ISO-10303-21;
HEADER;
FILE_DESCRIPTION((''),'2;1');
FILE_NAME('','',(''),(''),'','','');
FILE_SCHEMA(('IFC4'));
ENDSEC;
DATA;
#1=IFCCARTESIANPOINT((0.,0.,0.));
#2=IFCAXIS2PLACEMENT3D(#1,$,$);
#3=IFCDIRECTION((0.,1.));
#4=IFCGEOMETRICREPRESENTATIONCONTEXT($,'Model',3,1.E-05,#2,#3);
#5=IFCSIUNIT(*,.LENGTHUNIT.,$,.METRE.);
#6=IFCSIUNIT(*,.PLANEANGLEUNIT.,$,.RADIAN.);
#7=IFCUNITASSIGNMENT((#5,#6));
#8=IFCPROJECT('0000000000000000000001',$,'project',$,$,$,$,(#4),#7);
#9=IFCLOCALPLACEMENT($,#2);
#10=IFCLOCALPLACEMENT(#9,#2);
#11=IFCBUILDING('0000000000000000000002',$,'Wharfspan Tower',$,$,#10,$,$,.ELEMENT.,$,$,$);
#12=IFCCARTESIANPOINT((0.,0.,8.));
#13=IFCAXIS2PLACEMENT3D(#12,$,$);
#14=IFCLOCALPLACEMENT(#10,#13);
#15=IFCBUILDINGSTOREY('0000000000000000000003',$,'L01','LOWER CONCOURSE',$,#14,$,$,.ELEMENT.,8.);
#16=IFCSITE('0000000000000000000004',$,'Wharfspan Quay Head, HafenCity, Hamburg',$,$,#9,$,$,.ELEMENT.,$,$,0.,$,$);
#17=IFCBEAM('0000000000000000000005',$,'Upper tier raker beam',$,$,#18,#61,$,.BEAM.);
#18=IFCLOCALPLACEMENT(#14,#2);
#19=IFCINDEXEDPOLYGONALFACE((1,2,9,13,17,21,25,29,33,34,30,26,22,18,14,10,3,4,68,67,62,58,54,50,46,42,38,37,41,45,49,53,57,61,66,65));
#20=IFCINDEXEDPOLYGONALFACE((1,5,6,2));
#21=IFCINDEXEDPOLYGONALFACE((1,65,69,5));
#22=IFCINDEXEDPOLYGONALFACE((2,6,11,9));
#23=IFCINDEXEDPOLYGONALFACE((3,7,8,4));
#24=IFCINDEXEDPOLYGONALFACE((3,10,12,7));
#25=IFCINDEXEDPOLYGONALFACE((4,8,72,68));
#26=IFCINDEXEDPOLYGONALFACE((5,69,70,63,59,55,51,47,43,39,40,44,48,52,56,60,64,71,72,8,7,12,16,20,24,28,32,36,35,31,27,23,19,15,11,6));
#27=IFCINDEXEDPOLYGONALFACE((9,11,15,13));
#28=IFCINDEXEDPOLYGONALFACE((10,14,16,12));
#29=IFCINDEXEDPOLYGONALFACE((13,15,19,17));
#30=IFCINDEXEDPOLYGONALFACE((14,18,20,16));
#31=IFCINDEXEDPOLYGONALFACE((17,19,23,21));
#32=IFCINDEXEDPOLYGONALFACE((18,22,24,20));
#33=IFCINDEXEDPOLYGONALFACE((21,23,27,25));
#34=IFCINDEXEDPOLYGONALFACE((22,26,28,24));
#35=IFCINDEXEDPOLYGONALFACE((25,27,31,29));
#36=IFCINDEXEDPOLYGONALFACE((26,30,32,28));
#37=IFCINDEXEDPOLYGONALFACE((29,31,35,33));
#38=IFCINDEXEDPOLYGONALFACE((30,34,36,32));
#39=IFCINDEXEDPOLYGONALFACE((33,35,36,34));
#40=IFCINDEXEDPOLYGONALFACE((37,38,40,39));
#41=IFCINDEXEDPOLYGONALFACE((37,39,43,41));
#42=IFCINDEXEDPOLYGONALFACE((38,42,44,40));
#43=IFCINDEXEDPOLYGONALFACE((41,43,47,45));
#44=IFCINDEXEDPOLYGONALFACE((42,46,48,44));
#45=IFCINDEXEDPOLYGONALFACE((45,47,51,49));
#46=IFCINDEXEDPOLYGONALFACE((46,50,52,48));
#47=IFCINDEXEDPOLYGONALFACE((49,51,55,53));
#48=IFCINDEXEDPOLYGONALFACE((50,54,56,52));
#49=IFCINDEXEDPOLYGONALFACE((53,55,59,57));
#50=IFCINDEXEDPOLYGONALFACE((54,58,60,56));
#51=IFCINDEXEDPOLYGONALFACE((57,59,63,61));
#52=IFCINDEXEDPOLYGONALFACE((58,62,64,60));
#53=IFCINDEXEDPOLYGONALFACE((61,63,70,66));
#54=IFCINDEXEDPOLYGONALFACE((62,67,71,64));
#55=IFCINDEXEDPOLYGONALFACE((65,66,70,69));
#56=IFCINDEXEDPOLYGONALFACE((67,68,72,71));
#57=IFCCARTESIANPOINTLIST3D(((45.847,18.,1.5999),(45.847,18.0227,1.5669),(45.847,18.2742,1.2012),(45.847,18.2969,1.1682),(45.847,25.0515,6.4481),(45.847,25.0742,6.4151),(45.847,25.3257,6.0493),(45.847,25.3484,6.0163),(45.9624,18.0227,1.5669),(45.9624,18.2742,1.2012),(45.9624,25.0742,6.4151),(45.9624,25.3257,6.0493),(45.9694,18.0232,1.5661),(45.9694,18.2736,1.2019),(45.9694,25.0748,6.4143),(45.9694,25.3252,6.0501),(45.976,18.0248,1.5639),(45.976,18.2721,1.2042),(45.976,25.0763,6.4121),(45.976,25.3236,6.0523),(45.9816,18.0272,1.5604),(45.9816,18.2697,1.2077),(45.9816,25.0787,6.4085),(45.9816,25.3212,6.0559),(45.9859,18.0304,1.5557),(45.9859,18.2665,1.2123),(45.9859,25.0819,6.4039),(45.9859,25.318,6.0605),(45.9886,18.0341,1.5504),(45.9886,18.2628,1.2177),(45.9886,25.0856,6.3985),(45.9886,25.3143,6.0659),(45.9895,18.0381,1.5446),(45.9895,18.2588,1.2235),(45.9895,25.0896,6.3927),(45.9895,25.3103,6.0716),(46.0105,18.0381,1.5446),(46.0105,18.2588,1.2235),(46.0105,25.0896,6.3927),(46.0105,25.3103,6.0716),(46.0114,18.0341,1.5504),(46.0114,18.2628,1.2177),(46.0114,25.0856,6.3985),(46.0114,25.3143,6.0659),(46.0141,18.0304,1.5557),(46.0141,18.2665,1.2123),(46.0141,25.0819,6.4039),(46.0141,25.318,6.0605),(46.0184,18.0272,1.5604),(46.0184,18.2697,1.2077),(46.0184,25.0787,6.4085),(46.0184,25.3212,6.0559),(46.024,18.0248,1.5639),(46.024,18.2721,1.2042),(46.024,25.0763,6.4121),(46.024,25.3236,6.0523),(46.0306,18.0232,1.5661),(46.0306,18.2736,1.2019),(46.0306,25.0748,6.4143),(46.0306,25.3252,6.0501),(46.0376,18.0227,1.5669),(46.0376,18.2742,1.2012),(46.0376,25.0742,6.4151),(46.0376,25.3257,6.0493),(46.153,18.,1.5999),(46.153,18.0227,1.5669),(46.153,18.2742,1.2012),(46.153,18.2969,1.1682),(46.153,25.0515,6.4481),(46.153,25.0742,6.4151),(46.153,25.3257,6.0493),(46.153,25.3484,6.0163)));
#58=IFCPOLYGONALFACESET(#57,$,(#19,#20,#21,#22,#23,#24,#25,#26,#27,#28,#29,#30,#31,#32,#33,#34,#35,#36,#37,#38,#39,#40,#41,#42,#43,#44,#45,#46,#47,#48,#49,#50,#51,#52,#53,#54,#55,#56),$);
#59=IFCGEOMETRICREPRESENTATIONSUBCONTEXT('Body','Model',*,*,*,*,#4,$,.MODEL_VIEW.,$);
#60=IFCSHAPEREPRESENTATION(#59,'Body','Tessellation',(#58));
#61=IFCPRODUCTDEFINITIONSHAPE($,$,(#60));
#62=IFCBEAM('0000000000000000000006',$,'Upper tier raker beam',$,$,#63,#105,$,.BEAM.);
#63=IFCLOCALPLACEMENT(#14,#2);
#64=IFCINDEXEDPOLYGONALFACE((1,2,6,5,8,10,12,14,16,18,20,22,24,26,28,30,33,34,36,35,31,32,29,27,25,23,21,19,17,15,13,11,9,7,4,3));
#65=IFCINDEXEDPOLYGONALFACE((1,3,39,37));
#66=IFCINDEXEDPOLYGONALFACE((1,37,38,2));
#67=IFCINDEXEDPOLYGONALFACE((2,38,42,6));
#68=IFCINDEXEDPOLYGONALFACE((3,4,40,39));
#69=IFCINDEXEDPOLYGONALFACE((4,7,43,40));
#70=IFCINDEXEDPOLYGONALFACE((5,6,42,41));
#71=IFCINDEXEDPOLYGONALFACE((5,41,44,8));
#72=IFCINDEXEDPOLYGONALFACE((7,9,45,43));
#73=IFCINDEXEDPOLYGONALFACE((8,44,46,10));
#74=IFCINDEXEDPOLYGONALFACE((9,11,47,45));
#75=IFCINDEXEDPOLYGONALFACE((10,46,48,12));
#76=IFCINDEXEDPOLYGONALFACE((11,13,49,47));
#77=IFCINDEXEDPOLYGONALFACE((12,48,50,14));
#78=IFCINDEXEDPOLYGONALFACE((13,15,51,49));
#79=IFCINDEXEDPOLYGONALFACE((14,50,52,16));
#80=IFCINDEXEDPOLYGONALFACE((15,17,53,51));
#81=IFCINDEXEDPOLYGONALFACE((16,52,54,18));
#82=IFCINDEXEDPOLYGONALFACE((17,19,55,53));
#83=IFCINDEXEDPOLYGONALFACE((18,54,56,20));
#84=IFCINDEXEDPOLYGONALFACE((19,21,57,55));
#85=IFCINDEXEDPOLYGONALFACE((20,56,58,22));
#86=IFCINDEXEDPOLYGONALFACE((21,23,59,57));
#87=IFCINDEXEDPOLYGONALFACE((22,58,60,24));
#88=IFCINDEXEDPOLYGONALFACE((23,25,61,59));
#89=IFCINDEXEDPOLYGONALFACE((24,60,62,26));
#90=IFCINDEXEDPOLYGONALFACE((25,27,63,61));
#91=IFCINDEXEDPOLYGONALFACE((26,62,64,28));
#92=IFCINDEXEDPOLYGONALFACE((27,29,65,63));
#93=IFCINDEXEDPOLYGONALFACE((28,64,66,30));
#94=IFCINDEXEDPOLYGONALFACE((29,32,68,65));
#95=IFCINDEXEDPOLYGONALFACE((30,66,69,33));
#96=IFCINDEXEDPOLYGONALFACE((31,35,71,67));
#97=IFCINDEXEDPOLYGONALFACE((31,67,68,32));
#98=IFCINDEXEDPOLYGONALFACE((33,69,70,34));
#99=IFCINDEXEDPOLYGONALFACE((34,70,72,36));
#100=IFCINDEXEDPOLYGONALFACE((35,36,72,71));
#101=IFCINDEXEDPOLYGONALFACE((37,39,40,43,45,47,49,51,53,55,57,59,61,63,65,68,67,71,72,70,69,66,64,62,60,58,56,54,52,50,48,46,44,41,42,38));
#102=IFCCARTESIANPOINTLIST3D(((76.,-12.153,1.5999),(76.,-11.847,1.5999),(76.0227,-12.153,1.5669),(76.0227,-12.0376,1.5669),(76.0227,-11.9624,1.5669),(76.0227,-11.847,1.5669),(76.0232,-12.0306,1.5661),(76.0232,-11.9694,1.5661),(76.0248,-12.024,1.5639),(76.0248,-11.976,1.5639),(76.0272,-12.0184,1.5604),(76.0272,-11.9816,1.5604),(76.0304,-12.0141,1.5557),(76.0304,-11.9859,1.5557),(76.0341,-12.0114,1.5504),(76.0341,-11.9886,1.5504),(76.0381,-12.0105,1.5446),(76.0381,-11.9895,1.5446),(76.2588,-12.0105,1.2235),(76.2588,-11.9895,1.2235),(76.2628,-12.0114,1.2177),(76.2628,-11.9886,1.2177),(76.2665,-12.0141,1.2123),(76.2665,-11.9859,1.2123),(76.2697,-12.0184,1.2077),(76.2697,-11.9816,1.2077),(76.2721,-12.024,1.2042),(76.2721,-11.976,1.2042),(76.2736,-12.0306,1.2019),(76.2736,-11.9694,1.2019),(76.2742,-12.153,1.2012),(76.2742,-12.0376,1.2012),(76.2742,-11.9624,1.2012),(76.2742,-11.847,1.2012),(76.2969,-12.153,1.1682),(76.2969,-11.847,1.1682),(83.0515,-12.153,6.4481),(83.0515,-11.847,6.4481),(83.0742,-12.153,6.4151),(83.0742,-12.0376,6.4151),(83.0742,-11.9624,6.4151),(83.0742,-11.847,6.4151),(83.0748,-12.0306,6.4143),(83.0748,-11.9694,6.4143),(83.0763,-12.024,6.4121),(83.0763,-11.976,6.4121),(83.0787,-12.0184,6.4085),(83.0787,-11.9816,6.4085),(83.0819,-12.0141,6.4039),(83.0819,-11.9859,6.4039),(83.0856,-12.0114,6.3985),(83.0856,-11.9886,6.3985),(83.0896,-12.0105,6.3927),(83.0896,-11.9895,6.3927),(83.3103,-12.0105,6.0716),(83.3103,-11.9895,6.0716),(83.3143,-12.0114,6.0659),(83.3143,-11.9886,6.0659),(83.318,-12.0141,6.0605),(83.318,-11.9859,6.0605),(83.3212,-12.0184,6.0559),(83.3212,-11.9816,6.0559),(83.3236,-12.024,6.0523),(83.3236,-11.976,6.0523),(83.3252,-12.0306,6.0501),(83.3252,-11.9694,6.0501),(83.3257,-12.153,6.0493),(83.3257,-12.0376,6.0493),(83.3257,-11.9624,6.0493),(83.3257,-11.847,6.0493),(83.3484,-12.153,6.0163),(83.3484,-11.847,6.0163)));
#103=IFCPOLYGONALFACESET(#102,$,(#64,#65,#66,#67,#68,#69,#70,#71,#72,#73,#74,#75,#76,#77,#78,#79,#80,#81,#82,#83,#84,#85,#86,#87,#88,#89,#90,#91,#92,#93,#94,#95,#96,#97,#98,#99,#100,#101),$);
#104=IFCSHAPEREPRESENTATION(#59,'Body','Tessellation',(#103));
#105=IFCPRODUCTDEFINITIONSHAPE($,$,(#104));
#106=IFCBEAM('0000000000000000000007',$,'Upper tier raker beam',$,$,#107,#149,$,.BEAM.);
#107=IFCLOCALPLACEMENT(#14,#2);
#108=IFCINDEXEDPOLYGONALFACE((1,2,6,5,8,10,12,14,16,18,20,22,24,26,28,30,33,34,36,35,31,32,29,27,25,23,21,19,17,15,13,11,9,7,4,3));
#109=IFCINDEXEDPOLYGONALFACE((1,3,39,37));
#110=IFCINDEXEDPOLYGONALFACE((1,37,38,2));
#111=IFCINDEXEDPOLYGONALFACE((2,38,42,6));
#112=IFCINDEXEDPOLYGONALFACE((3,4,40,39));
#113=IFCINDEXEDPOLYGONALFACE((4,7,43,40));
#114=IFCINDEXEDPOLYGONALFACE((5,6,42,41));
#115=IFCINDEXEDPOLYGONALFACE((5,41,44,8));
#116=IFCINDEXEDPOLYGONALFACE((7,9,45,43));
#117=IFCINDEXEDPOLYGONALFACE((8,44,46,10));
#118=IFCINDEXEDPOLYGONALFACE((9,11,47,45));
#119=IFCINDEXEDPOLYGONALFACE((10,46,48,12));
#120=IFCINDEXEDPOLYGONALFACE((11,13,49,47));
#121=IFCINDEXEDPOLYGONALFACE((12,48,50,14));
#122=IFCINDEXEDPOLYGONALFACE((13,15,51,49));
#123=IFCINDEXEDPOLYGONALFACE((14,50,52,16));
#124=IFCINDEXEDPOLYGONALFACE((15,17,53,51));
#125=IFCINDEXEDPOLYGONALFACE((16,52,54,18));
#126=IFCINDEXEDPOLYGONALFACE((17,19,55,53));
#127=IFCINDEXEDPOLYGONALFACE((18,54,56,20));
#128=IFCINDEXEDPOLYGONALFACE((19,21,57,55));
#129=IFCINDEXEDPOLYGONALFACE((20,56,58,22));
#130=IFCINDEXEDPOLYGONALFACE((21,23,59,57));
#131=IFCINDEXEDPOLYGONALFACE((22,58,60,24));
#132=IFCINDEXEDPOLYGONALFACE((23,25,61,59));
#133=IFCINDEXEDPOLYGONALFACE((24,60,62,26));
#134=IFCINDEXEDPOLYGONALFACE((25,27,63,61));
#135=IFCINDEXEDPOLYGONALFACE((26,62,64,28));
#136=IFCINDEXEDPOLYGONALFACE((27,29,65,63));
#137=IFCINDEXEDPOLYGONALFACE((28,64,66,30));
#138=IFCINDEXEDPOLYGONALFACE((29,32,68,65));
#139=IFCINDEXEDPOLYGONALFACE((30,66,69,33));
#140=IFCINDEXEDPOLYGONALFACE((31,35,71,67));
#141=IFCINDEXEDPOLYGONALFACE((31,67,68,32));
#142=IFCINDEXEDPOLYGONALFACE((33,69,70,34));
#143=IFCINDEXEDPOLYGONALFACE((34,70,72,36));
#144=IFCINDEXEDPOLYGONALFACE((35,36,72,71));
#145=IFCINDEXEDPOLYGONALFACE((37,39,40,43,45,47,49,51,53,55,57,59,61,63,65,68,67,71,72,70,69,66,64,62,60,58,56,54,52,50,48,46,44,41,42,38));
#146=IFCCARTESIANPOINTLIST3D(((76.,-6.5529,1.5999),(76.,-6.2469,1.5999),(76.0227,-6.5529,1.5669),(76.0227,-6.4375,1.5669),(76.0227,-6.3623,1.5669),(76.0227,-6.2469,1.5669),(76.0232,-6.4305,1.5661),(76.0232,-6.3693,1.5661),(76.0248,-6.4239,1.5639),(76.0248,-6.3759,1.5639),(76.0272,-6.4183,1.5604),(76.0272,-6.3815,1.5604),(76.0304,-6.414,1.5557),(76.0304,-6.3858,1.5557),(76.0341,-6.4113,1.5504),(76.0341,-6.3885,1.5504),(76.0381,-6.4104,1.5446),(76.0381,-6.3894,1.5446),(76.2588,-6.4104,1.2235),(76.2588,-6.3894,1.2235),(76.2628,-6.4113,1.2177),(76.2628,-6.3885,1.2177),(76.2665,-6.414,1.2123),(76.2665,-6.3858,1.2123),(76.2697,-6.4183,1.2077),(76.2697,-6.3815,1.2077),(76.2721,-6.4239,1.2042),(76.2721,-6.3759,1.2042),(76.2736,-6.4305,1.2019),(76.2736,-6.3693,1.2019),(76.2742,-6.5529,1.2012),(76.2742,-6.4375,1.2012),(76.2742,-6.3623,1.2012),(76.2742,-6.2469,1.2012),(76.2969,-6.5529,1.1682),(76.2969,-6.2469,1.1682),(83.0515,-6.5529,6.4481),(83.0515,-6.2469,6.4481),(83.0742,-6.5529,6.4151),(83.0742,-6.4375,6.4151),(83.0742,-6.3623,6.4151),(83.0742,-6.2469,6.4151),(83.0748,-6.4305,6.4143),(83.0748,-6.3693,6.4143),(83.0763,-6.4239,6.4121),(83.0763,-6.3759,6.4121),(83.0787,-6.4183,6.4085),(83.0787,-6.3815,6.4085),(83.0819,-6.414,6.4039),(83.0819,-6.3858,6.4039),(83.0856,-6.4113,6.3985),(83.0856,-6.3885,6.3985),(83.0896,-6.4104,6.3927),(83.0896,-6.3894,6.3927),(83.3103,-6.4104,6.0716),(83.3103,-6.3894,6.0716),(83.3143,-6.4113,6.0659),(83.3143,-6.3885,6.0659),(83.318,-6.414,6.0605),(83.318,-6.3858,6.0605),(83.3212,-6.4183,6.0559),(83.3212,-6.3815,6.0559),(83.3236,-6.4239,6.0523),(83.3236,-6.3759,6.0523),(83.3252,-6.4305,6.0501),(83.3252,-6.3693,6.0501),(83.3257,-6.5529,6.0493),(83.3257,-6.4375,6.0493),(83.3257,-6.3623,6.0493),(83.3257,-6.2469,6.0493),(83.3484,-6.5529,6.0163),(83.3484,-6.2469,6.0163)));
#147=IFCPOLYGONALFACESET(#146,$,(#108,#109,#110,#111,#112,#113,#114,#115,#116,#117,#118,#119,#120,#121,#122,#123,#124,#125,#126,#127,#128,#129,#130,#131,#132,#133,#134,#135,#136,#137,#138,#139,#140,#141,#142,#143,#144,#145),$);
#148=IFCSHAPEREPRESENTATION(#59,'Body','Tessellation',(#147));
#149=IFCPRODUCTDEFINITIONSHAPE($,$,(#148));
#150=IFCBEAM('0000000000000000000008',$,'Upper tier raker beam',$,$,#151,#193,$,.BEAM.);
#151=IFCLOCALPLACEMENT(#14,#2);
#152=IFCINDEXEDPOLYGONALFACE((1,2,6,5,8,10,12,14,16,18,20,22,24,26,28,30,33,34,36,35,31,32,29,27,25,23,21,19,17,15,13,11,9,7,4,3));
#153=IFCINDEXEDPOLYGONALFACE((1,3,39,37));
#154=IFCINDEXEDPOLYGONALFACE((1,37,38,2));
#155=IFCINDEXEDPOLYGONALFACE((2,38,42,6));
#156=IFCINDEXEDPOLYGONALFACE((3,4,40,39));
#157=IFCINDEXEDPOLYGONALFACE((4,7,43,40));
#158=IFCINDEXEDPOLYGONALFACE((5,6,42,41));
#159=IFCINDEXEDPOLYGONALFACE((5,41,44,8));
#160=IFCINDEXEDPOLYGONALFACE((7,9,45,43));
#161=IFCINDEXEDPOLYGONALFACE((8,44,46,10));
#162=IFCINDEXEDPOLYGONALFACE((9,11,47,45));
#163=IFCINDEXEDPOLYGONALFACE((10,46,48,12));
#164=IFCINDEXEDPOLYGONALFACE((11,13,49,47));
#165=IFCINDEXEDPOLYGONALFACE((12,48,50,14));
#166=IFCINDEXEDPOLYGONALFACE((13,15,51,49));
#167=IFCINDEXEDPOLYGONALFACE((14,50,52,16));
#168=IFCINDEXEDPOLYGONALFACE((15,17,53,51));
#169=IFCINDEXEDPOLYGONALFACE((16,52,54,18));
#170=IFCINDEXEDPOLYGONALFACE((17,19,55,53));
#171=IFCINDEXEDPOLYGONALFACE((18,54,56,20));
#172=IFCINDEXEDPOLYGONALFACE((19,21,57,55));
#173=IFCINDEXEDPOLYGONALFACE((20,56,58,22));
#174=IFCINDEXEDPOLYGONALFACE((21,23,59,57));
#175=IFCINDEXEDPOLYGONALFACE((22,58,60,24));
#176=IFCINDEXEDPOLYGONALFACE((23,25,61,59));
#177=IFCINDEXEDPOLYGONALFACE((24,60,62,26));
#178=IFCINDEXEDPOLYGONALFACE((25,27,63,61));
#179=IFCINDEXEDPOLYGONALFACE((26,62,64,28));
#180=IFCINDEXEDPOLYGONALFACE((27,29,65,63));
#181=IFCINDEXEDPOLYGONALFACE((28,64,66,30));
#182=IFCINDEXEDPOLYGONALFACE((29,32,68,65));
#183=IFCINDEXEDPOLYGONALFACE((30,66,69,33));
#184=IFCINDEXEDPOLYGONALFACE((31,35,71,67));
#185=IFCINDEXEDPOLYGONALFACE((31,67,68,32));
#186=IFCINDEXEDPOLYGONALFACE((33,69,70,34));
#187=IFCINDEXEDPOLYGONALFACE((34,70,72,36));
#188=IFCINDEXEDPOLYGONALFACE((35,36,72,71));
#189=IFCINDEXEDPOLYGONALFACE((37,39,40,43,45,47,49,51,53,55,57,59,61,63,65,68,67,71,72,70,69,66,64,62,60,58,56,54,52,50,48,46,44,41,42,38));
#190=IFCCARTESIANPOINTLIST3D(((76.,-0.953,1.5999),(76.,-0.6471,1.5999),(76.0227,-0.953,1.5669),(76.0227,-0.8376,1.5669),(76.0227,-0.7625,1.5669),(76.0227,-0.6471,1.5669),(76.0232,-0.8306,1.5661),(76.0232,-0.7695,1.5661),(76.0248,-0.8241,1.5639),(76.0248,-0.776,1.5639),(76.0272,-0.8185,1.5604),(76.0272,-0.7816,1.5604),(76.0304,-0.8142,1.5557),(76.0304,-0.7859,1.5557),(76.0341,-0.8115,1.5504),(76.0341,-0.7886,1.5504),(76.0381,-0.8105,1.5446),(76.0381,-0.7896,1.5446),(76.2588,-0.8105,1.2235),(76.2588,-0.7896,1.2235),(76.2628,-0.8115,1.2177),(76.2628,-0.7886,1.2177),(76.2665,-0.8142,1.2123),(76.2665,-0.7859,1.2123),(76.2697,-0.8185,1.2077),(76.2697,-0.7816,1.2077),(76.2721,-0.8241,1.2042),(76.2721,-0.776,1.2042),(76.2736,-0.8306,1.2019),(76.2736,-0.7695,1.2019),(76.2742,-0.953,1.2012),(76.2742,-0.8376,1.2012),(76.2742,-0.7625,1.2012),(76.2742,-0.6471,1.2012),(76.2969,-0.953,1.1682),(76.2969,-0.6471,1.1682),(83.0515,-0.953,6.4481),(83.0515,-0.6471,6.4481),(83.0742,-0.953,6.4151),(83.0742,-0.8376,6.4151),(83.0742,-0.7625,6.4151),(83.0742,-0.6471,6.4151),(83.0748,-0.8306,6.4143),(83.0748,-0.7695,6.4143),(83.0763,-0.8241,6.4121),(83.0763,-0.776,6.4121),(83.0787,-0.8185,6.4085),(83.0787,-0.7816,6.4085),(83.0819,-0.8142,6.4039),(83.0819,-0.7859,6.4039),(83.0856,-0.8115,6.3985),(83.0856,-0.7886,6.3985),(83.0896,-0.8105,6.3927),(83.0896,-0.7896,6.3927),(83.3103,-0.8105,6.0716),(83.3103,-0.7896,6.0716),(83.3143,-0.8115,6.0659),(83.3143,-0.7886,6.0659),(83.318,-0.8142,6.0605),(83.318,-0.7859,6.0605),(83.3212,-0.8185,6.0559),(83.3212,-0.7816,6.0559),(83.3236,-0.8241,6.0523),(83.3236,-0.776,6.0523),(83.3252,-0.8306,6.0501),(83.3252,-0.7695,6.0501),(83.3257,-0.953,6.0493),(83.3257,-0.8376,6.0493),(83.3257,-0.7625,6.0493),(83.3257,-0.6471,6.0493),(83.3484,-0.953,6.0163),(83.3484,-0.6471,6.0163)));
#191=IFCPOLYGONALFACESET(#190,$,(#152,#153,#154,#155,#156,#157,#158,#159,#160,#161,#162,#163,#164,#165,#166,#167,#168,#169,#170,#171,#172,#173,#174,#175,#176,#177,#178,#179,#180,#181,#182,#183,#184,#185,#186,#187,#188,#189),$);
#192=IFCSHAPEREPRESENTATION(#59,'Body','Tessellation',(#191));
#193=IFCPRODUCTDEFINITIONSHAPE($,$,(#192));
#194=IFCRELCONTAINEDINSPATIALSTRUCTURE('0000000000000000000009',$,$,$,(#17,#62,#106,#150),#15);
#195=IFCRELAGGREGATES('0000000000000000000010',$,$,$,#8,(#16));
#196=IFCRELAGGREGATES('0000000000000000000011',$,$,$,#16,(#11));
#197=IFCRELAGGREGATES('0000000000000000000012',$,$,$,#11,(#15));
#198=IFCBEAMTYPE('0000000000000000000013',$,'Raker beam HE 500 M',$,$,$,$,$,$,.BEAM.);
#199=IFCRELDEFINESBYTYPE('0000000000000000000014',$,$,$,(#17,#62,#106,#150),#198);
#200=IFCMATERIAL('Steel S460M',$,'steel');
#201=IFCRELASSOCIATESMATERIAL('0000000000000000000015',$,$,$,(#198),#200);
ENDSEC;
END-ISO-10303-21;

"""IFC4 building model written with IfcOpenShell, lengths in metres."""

from ifc_helpers import new_model, si_unit, direction, frame, origin, origin_2d, place, context, subcontext, project, spatial, i_section, extrude, material, material_profile, profile_set, type_object, element, save


model = new_model("IFC4")

# Units and contexts
model_context = context("Model", 3, precision=1e-05, world=origin(), true_north=direction((0.0, 1.0)))
body_context = subcontext(model_context, "Body", "Model", "MODEL_VIEW")
ifc_project = project(units=[si_unit("LENGTHUNIT", "METRE"), si_unit("PLANEANGLEUNIT", "RADIAN")], contexts=[model_context])

# Site, building, storey
site_placement = place(None, origin())
site = spatial("IfcSite", under=ifc_project, at=site_placement, Name="Wharfspan Quay Head, HafenCity, Hamburg", CompositionType="ELEMENT", RefElevation=0.0)
building_placement = place(site_placement, origin())
building = spatial("IfcBuilding", under=site, at=building_placement, Name="Wharfspan Tower", CompositionType="ELEMENT")
storey_placement = place(building_placement, frame((0.0, 0.0, 8.0)))
storey = spatial("IfcBuildingStorey", under=building, at=storey_placement, Name="L01", Description="LOWER CONCOURSE", CompositionType="ELEMENT", Elevation=8.0)

# Beams
ifc_material_1 = material(Name="Steel S460M", Category="steel")
ifc_material_profile_1 = material_profile(ifc_material_1, i_section(OverallWidth=0.3059, OverallDepth=0.5239, WebThickness=0.021, FlangeThickness=0.04, FilletRadius=0.0271, at=origin_2d()))
ifc_profile_set_1 = profile_set([ifc_material_profile_1], Name="Steel S460M")
beam_type_1 = type_object("IfcBeamType", Name="Raker beam HE 500 M", PredefinedType="BEAM", material=ifc_profile_set_1)
for number, where, z_axis, x_axis, name in (
    (1, (46.0, 18.1484, 1.384), (0.0, 0.824029, 0.566547), (-1.0, 0.0, 0.0), "Upper tier raker beam"),
    (2, (76.1484, -12.0, 1.384), (0.824029, 0.0, 0.566547), (0.0, 1.0, 0.0), "Upper tier raker beam"),
    (3, (76.1484, -6.3999, 1.384), (0.824029, 0.0, 0.566547), (0.0, 1.0, 0.0), "Upper tier raker beam"),
    (4, (76.1484, -0.8, 1.384), (0.824029, 0.0, 0.566547), (0.0, 1.0, 0.0), "Upper tier raker beam"),
):
    element("IfcBeam", number, at=place(storey_placement, frame(where, z_axis=z_axis, x_axis=x_axis)), inside=storey, type_object=beam_type_1, Name=name, PredefinedType="BEAM", context=body_context, shape_type="SweptSolid", body=[
        extrude(i_section(OverallWidth=0.3059, OverallDepth=0.5239, WebThickness=0.021, FlangeThickness=0.04, FilletRadius=0.0271, at=origin_2d()), origin(), (0.0, 0.0, 1.0), 8.5574),
    ])

save(model, "model.ifc")
